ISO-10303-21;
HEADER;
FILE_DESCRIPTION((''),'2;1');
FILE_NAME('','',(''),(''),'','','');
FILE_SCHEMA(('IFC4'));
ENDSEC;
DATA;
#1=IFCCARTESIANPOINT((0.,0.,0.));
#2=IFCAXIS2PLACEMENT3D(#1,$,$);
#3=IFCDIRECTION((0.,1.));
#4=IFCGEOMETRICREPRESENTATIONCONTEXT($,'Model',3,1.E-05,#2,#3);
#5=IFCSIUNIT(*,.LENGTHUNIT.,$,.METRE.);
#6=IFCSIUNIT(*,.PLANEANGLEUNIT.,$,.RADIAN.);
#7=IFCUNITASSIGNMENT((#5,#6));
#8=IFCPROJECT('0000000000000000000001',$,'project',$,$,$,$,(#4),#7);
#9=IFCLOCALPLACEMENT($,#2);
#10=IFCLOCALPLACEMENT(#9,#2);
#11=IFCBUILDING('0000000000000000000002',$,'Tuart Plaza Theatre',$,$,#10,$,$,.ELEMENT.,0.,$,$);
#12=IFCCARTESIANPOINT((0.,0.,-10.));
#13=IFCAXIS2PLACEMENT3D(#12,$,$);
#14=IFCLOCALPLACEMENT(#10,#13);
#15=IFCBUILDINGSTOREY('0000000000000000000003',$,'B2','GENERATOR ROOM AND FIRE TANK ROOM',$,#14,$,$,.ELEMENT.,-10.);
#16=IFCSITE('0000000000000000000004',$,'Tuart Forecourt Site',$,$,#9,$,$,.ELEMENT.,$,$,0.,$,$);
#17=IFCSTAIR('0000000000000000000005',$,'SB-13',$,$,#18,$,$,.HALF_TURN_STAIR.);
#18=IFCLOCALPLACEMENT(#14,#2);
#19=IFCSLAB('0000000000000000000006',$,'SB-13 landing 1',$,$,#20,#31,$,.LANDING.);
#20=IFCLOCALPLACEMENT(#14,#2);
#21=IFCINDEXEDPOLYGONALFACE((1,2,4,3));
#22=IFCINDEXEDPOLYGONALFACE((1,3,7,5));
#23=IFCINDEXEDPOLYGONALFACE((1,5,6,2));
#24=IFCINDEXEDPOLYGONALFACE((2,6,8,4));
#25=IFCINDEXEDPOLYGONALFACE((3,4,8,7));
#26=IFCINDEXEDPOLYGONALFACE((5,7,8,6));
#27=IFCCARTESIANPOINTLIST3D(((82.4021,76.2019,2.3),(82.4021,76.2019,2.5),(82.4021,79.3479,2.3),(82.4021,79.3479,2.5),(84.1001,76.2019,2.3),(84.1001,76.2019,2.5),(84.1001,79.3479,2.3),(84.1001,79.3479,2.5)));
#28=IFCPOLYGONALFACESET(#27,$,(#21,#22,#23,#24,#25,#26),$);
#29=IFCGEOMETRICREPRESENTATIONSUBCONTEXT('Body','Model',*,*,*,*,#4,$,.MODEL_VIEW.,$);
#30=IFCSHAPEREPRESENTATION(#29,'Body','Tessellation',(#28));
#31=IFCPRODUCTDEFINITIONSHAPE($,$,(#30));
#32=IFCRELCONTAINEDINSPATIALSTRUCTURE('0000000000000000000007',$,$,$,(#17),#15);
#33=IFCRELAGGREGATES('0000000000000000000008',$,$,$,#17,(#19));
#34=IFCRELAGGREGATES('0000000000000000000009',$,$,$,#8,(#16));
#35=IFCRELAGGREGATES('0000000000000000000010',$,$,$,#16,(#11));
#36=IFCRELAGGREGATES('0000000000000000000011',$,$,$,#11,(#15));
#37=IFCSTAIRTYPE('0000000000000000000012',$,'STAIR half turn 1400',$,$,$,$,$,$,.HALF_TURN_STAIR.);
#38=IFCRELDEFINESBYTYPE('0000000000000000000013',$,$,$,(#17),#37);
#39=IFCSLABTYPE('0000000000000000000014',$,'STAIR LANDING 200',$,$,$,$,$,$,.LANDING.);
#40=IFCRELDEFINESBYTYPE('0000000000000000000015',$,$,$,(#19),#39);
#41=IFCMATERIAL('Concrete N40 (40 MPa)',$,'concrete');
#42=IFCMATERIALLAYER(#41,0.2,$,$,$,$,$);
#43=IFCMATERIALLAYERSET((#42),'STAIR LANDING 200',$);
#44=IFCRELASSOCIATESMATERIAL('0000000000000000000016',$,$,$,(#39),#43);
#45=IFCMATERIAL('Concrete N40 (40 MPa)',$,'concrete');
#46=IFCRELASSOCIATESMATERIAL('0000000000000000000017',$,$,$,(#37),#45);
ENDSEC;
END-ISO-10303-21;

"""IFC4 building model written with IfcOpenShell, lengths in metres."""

from ifc_helpers import new_model, si_unit, direction, frame, origin, place, context, subcontext, project, spatial, polyline, outline, extrude, material, layer, layer_set, type_object, element, aggregate, save


model = new_model("IFC4")

# Units and contexts
model_context = context("Model", 3, precision=1e-05, world=origin(), true_north=direction((0.0, 1.0)))
body_context = subcontext(model_context, "Body", "Model", "MODEL_VIEW")
ifc_project = project(units=[si_unit("LENGTHUNIT", "METRE"), si_unit("PLANEANGLEUNIT", "RADIAN")], contexts=[model_context])

# Site, building, storey
site_placement = place(None, origin())
site = spatial("IfcSite", under=ifc_project, at=site_placement, Name="Tuart Forecourt Site", CompositionType="ELEMENT", RefElevation=0.0)
building_placement = place(site_placement, origin())
building = spatial("IfcBuilding", under=site, at=building_placement, Name="Tuart Plaza Theatre", CompositionType="ELEMENT", ElevationOfRefHeight=0.0)
storey_placement = place(building_placement, frame((0.0, 0.0, -10.0)))
storey = spatial("IfcBuildingStorey", under=building, at=storey_placement, Name="B2", Description="GENERATOR ROOM AND FIRE TANK ROOM", CompositionType="ELEMENT", Elevation=-10.0)

# Stair, slab
ifc_material_1 = material(Name="Concrete N40 (40 MPa)", Category="concrete")
ifc_layer_1 = layer(ifc_material_1, 0.2)
ifc_layer_set_1 = layer_set([ifc_layer_1], Name="STAIR LANDING 200")
slab_type_1 = type_object("IfcSlabType", Name="STAIR LANDING 200", PredefinedType="LANDING", material=ifc_layer_set_1)
ifc_material_2 = material(Name="Concrete N40 (40 MPa)", Category="concrete")
stair_type_1 = type_object("IfcStairType", Name="STAIR half turn 1400", PredefinedType="HALF_TURN_STAIR", material=ifc_material_2)
stair_1_placement = place(storey_placement, origin())
stair_1 = element("IfcStair", 1, at=stair_1_placement, inside=storey, type_object=stair_type_1, Name="SB-13", PredefinedType="HALF_TURN_STAIR")
slab_1_placement = place(storey_placement, frame((0.0, 0.0, 2.3)))
slab_1 = element("IfcSlab", 2, at=slab_1_placement, type_object=slab_type_1, Name="SB-13 landing 1", PredefinedType="LANDING", context=body_context, shape_type="SweptSolid", body=[
    extrude(outline(polyline([(84.1001, 79.3479), (82.4021, 79.3479), (82.4021, 76.2019), (84.1001, 76.2019), (84.1001, 79.3479)])), origin(), (0.0, 0.0, 1.0), 0.2),
])
aggregate(stair_1, [slab_1])

save(model, "model.ifc")
